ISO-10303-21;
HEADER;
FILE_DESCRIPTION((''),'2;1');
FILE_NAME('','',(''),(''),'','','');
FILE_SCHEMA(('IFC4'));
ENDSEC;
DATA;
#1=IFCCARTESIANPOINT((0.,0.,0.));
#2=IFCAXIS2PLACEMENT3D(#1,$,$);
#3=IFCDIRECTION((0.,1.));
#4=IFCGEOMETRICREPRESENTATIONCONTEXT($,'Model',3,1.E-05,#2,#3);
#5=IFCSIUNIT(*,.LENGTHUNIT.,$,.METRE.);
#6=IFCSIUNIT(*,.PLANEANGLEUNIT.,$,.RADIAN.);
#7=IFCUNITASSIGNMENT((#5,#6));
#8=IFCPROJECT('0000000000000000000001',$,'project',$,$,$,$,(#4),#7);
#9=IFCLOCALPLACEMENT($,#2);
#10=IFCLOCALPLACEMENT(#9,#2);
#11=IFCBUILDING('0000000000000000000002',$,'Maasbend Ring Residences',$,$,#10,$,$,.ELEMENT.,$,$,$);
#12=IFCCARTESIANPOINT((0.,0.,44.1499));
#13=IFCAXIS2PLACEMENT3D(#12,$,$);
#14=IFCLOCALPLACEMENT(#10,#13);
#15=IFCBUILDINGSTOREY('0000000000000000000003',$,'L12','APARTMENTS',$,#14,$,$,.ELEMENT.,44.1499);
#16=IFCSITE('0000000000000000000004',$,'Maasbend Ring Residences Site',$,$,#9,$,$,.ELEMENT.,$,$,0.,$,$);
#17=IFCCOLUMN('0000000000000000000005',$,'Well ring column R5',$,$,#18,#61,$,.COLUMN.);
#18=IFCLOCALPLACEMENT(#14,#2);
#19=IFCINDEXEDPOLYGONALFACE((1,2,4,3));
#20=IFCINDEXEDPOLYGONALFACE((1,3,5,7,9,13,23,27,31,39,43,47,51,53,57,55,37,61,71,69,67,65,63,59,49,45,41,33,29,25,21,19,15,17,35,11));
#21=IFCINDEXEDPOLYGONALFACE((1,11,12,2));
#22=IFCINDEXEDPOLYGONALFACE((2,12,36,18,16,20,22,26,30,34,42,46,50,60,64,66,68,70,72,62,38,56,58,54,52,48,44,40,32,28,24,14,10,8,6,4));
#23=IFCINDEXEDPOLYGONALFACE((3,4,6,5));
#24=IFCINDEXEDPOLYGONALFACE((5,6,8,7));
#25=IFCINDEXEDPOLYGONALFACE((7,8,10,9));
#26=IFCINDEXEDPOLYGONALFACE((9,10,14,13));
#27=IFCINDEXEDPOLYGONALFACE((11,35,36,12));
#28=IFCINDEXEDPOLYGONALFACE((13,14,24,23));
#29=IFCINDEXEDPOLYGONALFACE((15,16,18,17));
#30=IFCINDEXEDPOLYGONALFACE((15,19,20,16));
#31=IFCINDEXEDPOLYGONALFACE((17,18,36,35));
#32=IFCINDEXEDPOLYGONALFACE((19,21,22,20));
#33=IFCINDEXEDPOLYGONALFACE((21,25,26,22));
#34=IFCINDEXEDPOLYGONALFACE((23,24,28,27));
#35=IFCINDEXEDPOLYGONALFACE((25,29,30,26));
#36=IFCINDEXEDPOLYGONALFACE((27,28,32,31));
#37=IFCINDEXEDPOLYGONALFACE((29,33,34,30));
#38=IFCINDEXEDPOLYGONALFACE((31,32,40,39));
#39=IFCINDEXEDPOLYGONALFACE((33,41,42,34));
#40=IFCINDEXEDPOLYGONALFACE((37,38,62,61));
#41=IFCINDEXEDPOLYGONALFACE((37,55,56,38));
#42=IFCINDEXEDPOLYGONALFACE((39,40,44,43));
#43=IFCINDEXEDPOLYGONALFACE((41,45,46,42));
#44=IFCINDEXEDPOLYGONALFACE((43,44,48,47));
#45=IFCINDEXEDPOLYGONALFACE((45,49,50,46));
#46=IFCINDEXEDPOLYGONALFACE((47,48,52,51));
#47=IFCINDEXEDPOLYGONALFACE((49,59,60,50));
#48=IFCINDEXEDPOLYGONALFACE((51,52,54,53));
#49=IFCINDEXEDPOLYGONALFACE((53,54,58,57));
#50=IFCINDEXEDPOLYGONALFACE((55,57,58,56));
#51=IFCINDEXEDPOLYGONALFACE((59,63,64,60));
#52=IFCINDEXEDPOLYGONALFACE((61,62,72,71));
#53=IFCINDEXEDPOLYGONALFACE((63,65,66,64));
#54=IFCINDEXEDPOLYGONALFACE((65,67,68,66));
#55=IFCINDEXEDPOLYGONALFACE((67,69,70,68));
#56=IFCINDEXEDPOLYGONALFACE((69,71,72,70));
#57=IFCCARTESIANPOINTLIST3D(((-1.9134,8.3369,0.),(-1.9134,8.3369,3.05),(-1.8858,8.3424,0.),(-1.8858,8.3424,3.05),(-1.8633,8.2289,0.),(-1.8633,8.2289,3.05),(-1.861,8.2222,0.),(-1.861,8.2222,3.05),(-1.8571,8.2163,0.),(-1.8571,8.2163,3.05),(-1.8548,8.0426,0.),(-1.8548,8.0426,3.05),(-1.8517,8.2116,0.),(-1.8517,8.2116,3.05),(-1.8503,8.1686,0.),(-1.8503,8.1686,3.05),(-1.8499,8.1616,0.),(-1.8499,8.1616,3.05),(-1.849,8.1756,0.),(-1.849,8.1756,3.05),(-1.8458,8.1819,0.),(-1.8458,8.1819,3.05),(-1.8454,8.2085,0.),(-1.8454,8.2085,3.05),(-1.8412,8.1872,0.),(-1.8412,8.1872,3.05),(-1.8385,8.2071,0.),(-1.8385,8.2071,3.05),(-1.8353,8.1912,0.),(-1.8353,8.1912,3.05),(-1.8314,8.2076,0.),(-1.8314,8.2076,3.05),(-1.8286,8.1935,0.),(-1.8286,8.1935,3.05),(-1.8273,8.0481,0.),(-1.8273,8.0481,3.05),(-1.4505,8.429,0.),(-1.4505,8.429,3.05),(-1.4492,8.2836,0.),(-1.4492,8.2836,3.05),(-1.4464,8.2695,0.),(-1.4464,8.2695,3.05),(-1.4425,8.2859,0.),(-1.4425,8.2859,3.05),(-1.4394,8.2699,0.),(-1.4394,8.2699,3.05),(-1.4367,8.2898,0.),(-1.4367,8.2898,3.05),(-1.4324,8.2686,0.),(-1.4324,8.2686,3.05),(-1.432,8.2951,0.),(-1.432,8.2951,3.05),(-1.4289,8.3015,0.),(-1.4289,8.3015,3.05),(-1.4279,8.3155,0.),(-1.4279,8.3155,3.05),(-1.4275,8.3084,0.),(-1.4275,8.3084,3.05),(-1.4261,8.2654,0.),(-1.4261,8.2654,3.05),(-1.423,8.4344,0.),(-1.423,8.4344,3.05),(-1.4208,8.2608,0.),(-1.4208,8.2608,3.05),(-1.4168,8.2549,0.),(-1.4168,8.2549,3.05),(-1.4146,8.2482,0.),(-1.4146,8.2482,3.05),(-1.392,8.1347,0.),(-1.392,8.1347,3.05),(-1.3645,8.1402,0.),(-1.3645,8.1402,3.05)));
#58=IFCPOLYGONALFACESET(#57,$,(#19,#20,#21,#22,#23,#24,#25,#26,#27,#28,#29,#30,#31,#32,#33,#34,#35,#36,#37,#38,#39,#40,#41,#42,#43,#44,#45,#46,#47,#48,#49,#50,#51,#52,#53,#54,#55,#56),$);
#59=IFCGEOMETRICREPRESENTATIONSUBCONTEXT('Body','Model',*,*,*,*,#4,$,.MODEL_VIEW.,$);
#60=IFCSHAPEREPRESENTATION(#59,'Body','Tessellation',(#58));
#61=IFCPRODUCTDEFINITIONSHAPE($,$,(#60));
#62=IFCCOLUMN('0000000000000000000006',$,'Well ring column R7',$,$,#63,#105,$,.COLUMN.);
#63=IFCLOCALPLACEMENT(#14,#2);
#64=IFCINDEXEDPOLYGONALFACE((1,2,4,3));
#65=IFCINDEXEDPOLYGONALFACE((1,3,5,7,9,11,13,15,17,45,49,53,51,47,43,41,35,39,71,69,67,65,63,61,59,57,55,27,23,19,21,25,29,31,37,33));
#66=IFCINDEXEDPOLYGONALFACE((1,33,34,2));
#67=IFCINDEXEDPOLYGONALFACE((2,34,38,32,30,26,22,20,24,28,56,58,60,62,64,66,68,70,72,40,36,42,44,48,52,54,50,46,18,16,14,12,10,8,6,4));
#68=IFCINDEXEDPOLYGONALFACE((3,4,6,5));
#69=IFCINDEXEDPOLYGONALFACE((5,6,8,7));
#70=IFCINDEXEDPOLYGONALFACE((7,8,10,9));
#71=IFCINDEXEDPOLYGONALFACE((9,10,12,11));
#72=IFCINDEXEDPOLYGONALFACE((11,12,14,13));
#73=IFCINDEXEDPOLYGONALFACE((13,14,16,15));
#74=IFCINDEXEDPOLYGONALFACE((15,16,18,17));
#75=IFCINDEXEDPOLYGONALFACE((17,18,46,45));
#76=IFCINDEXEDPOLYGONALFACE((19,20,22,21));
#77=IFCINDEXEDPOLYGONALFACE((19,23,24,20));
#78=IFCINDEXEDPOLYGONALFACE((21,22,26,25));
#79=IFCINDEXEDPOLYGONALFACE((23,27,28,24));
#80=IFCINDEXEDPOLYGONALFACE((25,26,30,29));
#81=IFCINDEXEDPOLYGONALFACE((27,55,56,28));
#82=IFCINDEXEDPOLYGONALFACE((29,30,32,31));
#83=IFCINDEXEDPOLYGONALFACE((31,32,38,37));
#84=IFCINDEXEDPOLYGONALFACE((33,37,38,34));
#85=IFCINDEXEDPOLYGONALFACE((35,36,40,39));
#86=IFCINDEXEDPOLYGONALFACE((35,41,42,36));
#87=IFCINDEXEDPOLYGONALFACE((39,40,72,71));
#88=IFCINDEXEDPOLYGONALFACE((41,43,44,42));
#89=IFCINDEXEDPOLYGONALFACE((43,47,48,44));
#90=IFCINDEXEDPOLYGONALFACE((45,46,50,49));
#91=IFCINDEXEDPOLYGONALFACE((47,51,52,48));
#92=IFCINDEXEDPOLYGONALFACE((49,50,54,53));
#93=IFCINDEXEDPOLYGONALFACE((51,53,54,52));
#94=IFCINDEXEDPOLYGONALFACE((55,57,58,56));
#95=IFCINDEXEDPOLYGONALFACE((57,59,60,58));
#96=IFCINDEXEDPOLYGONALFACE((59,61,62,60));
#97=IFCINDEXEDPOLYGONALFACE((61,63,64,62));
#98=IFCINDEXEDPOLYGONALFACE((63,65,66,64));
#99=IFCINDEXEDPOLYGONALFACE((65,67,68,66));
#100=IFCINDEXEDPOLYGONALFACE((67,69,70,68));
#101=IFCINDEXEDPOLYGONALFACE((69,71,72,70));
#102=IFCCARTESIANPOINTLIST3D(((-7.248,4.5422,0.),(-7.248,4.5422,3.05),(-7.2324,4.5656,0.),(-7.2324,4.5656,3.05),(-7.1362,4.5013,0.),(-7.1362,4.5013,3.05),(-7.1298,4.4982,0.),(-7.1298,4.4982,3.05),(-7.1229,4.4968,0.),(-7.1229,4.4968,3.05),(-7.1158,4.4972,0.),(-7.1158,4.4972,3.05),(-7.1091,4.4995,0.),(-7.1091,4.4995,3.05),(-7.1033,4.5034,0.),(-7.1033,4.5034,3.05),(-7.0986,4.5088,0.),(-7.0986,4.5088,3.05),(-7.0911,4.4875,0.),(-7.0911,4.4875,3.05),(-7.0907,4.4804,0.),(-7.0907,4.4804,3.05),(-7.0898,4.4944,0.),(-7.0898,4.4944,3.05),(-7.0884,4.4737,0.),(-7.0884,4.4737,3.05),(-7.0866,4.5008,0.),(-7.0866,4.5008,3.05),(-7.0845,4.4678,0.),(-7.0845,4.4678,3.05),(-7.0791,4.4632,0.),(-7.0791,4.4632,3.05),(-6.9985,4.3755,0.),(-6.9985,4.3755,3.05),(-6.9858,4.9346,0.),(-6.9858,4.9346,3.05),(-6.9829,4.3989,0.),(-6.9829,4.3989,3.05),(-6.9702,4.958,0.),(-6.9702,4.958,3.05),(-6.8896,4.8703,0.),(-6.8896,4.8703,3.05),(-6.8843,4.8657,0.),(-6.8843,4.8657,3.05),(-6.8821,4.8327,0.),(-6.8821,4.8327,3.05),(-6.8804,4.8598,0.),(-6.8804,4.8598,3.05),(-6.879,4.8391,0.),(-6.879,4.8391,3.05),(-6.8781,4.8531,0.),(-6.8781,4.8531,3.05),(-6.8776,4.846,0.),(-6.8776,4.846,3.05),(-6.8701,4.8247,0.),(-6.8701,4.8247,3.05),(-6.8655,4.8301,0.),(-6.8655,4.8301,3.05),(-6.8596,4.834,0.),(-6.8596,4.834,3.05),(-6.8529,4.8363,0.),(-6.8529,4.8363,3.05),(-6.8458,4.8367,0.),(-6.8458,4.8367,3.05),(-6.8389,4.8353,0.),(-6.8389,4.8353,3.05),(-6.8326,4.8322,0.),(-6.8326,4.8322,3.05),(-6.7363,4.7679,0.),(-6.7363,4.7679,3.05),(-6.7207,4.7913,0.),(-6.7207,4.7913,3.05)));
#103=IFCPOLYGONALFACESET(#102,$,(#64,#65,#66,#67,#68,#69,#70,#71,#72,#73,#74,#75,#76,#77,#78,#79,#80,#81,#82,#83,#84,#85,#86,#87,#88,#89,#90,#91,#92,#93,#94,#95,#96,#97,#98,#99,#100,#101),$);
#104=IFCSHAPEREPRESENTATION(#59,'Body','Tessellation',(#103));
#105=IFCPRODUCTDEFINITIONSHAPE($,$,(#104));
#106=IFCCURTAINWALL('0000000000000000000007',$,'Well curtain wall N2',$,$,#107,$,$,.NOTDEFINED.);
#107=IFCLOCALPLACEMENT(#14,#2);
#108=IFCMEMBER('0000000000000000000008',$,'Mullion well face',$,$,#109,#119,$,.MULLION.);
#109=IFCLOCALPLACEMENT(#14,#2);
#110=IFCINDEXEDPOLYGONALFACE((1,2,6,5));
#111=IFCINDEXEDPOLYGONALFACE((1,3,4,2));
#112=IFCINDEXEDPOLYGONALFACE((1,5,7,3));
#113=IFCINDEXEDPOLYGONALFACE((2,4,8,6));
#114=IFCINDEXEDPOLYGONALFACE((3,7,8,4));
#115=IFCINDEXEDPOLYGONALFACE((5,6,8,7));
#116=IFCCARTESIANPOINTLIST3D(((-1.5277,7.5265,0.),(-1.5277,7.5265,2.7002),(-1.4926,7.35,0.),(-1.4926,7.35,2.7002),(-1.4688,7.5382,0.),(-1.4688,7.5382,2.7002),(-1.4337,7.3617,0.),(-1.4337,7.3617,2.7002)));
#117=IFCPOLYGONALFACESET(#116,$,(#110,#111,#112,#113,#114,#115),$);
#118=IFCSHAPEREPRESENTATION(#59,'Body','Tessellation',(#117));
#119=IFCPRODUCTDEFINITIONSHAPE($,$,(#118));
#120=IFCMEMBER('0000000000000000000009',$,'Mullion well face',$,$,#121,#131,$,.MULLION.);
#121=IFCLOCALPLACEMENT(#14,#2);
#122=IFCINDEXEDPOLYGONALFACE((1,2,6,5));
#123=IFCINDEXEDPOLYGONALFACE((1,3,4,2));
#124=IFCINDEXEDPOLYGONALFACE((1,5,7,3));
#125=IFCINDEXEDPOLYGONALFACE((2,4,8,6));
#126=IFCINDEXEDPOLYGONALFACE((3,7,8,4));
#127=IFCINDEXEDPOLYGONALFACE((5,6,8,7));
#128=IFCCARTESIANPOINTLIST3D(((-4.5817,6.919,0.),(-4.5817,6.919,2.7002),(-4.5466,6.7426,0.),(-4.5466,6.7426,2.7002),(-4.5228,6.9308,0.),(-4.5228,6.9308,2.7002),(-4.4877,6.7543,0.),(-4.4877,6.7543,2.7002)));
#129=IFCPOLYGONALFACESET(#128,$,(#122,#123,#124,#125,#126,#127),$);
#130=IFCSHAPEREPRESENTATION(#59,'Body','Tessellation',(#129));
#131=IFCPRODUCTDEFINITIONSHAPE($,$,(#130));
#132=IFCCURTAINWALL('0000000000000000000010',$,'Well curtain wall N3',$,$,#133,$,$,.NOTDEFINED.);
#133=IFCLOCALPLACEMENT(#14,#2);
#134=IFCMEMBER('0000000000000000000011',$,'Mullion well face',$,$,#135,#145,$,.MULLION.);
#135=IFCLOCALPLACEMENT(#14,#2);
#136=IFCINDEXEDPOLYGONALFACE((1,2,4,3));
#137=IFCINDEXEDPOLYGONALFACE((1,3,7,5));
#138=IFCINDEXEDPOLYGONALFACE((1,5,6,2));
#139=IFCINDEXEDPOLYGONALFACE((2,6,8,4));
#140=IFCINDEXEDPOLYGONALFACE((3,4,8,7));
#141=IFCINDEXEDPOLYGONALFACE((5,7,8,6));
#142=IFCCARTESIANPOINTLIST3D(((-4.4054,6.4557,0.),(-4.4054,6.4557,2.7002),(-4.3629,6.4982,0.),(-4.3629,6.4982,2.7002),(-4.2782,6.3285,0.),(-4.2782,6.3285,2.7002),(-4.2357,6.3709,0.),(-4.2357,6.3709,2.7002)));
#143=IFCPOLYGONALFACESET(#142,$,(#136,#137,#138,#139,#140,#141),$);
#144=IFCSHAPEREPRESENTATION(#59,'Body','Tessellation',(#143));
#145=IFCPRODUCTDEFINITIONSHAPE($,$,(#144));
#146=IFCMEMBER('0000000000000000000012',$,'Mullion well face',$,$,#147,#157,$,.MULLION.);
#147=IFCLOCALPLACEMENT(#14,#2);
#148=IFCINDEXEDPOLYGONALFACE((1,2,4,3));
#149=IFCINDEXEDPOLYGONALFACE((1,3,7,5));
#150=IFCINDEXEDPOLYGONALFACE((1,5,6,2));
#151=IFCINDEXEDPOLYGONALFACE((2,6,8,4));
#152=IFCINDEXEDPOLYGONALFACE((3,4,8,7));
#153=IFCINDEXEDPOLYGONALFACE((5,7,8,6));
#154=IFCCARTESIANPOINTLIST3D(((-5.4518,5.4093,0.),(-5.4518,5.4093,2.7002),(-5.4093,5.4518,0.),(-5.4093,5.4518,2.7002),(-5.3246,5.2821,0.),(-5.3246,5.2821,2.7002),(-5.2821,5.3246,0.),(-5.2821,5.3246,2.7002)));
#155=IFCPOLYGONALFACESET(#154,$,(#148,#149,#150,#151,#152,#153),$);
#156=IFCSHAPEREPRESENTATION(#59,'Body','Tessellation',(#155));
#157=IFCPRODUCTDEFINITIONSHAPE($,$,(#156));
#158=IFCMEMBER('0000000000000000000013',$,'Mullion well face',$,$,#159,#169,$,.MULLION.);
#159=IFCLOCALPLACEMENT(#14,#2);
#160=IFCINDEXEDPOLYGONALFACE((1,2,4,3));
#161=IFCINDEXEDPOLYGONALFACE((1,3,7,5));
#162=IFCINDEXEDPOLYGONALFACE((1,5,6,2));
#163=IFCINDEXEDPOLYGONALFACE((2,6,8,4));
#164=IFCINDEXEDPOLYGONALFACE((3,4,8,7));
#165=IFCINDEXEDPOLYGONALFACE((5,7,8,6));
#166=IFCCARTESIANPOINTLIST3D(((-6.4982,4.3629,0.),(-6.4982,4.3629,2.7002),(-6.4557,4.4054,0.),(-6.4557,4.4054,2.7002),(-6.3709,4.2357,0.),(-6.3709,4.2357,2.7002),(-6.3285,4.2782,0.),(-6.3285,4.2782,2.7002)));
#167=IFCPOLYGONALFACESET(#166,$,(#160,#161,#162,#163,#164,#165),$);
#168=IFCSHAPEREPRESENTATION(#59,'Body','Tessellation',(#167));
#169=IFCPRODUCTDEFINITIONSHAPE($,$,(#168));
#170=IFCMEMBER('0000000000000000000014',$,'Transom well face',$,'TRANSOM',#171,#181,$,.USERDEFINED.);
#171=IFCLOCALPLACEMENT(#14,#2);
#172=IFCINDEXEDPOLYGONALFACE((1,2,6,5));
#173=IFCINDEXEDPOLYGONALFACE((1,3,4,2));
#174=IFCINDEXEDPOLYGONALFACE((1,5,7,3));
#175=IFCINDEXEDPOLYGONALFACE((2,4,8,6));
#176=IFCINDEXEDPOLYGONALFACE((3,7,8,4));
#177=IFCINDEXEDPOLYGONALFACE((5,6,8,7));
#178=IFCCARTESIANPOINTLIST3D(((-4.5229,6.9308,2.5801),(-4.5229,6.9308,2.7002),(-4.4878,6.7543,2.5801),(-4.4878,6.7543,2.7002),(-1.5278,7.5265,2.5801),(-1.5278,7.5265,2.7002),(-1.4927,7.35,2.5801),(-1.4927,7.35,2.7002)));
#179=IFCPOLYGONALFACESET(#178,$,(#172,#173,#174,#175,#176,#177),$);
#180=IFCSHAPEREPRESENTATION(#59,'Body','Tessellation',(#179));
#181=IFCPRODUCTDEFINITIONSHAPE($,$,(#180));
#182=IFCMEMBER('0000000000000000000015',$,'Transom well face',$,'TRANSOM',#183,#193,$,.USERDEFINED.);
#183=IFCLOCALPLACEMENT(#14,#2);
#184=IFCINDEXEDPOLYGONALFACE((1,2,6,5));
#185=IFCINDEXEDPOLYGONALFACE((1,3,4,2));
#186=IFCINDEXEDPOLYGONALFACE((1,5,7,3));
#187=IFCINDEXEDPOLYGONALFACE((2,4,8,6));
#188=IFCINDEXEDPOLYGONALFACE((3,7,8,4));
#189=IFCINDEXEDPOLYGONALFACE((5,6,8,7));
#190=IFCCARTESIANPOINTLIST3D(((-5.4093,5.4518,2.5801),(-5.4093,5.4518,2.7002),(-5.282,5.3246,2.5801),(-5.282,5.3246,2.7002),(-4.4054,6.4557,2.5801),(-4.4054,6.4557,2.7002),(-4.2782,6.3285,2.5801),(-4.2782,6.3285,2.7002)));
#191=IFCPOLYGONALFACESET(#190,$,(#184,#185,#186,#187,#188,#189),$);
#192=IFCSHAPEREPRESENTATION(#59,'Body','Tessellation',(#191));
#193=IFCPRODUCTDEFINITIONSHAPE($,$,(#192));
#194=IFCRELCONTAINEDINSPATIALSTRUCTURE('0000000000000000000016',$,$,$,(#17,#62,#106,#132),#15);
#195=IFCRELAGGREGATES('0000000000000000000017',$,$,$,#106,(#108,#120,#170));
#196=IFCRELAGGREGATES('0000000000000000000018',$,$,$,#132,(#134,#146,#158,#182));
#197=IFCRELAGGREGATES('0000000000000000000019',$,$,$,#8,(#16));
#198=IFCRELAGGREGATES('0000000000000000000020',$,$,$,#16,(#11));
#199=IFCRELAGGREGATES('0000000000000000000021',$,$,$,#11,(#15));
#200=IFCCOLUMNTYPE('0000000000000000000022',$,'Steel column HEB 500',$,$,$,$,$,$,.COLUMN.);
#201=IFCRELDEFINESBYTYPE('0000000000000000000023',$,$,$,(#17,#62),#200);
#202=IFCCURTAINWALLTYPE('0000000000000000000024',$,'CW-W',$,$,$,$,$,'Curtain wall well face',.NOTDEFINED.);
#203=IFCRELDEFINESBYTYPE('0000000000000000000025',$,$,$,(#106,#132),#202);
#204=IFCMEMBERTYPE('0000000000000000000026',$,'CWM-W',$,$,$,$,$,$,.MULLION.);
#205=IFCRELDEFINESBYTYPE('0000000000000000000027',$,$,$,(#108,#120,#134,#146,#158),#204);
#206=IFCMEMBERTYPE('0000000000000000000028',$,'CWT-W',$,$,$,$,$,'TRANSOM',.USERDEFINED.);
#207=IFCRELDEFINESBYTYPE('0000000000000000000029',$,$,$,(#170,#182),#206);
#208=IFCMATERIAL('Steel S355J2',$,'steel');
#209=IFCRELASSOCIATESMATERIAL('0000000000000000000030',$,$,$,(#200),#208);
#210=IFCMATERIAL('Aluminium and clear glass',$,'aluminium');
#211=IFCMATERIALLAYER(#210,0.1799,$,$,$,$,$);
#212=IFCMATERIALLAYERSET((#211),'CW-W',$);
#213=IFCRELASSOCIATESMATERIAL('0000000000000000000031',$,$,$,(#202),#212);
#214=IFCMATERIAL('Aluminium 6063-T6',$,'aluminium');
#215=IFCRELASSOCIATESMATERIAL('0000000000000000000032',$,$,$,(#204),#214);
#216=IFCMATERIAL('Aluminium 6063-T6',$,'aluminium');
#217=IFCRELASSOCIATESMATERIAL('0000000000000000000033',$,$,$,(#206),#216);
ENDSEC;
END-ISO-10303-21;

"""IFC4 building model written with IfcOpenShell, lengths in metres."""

from ifc_helpers import new_model, si_unit, direction, frame, origin, origin_2d, place, context, subcontext, project, spatial, rectangle, i_section, extrude, material, layer, layer_set, material_profile, profile_set, type_object, element, aggregate, save


model = new_model("IFC4")

# Units and contexts
model_context = context("Model", 3, precision=1e-05, world=origin(), true_north=direction((0.0, 1.0)))
body_context = subcontext(model_context, "Body", "Model", "MODEL_VIEW")
ifc_project = project(units=[si_unit("LENGTHUNIT", "METRE"), si_unit("PLANEANGLEUNIT", "RADIAN")], contexts=[model_context])

# Site, building, storey
site_placement = place(None, origin())
site = spatial("IfcSite", under=ifc_project, at=site_placement, Name="Maasbend Ring Residences Site", CompositionType="ELEMENT", RefElevation=0.0)
building_placement = place(site_placement, origin())
building = spatial("IfcBuilding", under=site, at=building_placement, Name="Maasbend Ring Residences", CompositionType="ELEMENT")
storey_placement = place(building_placement, frame((0.0, 0.0, 44.1499)))
storey = spatial("IfcBuildingStorey", under=building, at=storey_placement, Name="L12", Description="APARTMENTS", CompositionType="ELEMENT", Elevation=44.1499)

# Columns
ifc_material_1 = material(Name="Steel S355J2", Category="steel")
ifc_material_profile_1 = material_profile(ifc_material_1, i_section(OverallWidth=0.3, OverallDepth=0.5, WebThickness=0.0144, FlangeThickness=0.0281, FilletRadius=0.0271, at=origin_2d()), Name="HEB 500")
ifc_profile_set_1 = profile_set([ifc_material_profile_1], Name="Steel S355J2")
column_type = type_object("IfcColumnType", Name="Steel column HEB 500", PredefinedType="COLUMN", material=ifc_profile_set_1)
for number, where, z_axis, x_axis, name in (
    (1, (-1.6389, 8.2385, 0.0), (0.0, 0.0, 1.0), (-0.19509, 0.980785, 0.0), "Well ring column R5"),
    (2, (-6.9844, 4.6667, 0.0), (0.0, 0.0, 1.0), (-0.83147, 0.55557, 0.0), "Well ring column R7"),
):
    element("IfcColumn", number, at=place(storey_placement, frame(where, z_axis=z_axis, x_axis=x_axis)), inside=storey, type_object=column_type, Name=name, PredefinedType="COLUMN", context=body_context, shape_type="SweptSolid", body=[
        extrude(i_section(OverallWidth=0.3, OverallDepth=0.5, WebThickness=0.0144, FlangeThickness=0.0281, FilletRadius=0.0271, at=origin_2d()), origin(), (0.0, 0.0, 1.0), 3.05),
    ])

# Curtain walls, members
ifc_material_2 = material(Name="Aluminium and clear glass", Category="aluminium")
ifc_layer_1 = layer(ifc_material_2, 0.1799)
ifc_layer_set_1 = layer_set([ifc_layer_1], Name="CW-W")
curtain_wall_type = type_object("IfcCurtainWallType", Name="CW-W", ElementType="Curtain wall well face", PredefinedType="NOTDEFINED", material=ifc_layer_set_1)
curtain_wall_1_placement = place(storey_placement, origin())
curtain_wall_1 = element("IfcCurtainWall", 3, at=curtain_wall_1_placement, inside=storey, type_object=curtain_wall_type, Name="Well curtain wall N2", PredefinedType="NOTDEFINED")
ifc_material_3 = material(Name="Aluminium 6063-T6", Category="aluminium")
ifc_material_profile_2 = material_profile(ifc_material_3, rectangle(XDim=0.1799, YDim=0.0601, at=origin_2d()), Name="AL 180x60")
ifc_profile_set_2 = profile_set([ifc_material_profile_2], Name="Aluminium 6063-T6")
member_type_1 = type_object("IfcMemberType", Name="CWM-W", PredefinedType="MULLION", material=ifc_profile_set_2)
member_1_placement = place(storey_placement, frame((-1.4807, 7.4441, 0.0), z_axis=(0.0, 0.0, 1.0), x_axis=(0.19509, -0.980785, 0.0)))
member_1 = element("IfcMember", 4, at=member_1_placement, type_object=member_type_1, Name="Mullion well face", PredefinedType="MULLION", context=body_context, shape_type="SweptSolid", body=[
    extrude(rectangle(XDim=0.1799, YDim=0.0601, at=origin_2d()), origin(), (0.0, 0.0, 1.0), 2.7002),
])
member_2_placement = place(storey_placement, frame((-4.5347, 6.8367, 0.0), z_axis=(0.0, 0.0, 1.0), x_axis=(0.19509, -0.980785, 0.0)))
member_2 = element("IfcMember", 5, at=member_2_placement, type_object=member_type_1, Name="Mullion well face", PredefinedType="MULLION", context=body_context, shape_type="SweptSolid", body=[
    extrude(rectangle(XDim=0.1799, YDim=0.0601, at=origin_2d()), origin(), (0.0, 0.0, 1.0), 2.7002),
])
curtain_wall_2_placement = place(storey_placement, origin())
curtain_wall_2 = element("IfcCurtainWall", 6, at=curtain_wall_2_placement, inside=storey, type_object=curtain_wall_type, Name="Well curtain wall N3", PredefinedType="NOTDEFINED")
member_3_placement = place(storey_placement, frame((-4.3206, 6.4133, 0.0), z_axis=(0.0, 0.0, 1.0), x_axis=(0.707107, -0.707107, 0.0)))
member_3 = element("IfcMember", 7, at=member_3_placement, type_object=member_type_1, Name="Mullion well face", PredefinedType="MULLION", context=body_context, shape_type="SweptSolid", body=[
    extrude(rectangle(XDim=0.1799, YDim=0.0601, at=origin_2d()), origin(), (0.0, 0.0, 1.0), 2.7002),
])
member_4_placement = place(storey_placement, frame((-5.3669, 5.3669, 0.0), z_axis=(0.0, 0.0, 1.0), x_axis=(0.707107, -0.707107, 0.0)))
member_4 = element("IfcMember", 8, at=member_4_placement, type_object=member_type_1, Name="Mullion well face", PredefinedType="MULLION", context=body_context, shape_type="SweptSolid", body=[
    extrude(rectangle(XDim=0.1799, YDim=0.0601, at=origin_2d()), origin(), (0.0, 0.0, 1.0), 2.7002),
])
member_5_placement = place(storey_placement, frame((-6.4133, 4.3206, 0.0), z_axis=(0.0, 0.0, 1.0), x_axis=(0.707107, -0.707107, 0.0)))
member_5 = element("IfcMember", 9, at=member_5_placement, type_object=member_type_1, Name="Mullion well face", PredefinedType="MULLION", context=body_context, shape_type="SweptSolid", body=[
    extrude(rectangle(XDim=0.1799, YDim=0.0601, at=origin_2d()), origin(), (0.0, 0.0, 1.0), 2.7002),
])

# Members
ifc_material_4 = material(Name="Aluminium 6063-T6", Category="aluminium")
ifc_material_profile_3 = material_profile(ifc_material_4, rectangle(XDim=0.1799, YDim=0.1201, at=origin_2d()), Name="AL 180x120")
ifc_profile_set_3 = profile_set([ifc_material_profile_3], Name="Aluminium 6063-T6")
member_type_2 = type_object("IfcMemberType", Name="CWT-W", ElementType="TRANSOM", PredefinedType="USERDEFINED", material=ifc_profile_set_3)
member_6_placement = place(storey_placement, frame((-1.5103, 7.4382, 2.6401), z_axis=(-0.980789, -0.195071, 0.0), x_axis=(0.195071, -0.980789, 0.0)))
member_6 = element("IfcMember", 10, at=member_6_placement, type_object=member_type_2, Name="Transom well face", ObjectType="TRANSOM", PredefinedType="USERDEFINED", context=body_context, shape_type="SweptSolid", body=[
    extrude(rectangle(XDim=0.1799, YDim=0.1201, at=origin_2d()), origin(), (0.0, 0.0, 1.0), 3.0537),
])
member_7_placement = place(storey_placement, frame((-4.3418, 6.3921, 2.6401), z_axis=(-0.707107, -0.707107, 0.0), x_axis=(0.707107, -0.707107, 0.0)))
member_7 = element("IfcMember", 11, at=member_7_placement, type_object=member_type_2, Name="Transom well face", ObjectType="TRANSOM", PredefinedType="USERDEFINED", context=body_context, shape_type="SweptSolid", body=[
    extrude(rectangle(XDim=0.1799, YDim=0.1201, at=origin_2d()), origin(), (0.0, 0.0, 1.0), 1.4197),
])

aggregate(curtain_wall_1, [member_1, member_2, member_6])
aggregate(curtain_wall_2, [member_3, member_4, member_5, member_7])

save(model, "model.ifc")
